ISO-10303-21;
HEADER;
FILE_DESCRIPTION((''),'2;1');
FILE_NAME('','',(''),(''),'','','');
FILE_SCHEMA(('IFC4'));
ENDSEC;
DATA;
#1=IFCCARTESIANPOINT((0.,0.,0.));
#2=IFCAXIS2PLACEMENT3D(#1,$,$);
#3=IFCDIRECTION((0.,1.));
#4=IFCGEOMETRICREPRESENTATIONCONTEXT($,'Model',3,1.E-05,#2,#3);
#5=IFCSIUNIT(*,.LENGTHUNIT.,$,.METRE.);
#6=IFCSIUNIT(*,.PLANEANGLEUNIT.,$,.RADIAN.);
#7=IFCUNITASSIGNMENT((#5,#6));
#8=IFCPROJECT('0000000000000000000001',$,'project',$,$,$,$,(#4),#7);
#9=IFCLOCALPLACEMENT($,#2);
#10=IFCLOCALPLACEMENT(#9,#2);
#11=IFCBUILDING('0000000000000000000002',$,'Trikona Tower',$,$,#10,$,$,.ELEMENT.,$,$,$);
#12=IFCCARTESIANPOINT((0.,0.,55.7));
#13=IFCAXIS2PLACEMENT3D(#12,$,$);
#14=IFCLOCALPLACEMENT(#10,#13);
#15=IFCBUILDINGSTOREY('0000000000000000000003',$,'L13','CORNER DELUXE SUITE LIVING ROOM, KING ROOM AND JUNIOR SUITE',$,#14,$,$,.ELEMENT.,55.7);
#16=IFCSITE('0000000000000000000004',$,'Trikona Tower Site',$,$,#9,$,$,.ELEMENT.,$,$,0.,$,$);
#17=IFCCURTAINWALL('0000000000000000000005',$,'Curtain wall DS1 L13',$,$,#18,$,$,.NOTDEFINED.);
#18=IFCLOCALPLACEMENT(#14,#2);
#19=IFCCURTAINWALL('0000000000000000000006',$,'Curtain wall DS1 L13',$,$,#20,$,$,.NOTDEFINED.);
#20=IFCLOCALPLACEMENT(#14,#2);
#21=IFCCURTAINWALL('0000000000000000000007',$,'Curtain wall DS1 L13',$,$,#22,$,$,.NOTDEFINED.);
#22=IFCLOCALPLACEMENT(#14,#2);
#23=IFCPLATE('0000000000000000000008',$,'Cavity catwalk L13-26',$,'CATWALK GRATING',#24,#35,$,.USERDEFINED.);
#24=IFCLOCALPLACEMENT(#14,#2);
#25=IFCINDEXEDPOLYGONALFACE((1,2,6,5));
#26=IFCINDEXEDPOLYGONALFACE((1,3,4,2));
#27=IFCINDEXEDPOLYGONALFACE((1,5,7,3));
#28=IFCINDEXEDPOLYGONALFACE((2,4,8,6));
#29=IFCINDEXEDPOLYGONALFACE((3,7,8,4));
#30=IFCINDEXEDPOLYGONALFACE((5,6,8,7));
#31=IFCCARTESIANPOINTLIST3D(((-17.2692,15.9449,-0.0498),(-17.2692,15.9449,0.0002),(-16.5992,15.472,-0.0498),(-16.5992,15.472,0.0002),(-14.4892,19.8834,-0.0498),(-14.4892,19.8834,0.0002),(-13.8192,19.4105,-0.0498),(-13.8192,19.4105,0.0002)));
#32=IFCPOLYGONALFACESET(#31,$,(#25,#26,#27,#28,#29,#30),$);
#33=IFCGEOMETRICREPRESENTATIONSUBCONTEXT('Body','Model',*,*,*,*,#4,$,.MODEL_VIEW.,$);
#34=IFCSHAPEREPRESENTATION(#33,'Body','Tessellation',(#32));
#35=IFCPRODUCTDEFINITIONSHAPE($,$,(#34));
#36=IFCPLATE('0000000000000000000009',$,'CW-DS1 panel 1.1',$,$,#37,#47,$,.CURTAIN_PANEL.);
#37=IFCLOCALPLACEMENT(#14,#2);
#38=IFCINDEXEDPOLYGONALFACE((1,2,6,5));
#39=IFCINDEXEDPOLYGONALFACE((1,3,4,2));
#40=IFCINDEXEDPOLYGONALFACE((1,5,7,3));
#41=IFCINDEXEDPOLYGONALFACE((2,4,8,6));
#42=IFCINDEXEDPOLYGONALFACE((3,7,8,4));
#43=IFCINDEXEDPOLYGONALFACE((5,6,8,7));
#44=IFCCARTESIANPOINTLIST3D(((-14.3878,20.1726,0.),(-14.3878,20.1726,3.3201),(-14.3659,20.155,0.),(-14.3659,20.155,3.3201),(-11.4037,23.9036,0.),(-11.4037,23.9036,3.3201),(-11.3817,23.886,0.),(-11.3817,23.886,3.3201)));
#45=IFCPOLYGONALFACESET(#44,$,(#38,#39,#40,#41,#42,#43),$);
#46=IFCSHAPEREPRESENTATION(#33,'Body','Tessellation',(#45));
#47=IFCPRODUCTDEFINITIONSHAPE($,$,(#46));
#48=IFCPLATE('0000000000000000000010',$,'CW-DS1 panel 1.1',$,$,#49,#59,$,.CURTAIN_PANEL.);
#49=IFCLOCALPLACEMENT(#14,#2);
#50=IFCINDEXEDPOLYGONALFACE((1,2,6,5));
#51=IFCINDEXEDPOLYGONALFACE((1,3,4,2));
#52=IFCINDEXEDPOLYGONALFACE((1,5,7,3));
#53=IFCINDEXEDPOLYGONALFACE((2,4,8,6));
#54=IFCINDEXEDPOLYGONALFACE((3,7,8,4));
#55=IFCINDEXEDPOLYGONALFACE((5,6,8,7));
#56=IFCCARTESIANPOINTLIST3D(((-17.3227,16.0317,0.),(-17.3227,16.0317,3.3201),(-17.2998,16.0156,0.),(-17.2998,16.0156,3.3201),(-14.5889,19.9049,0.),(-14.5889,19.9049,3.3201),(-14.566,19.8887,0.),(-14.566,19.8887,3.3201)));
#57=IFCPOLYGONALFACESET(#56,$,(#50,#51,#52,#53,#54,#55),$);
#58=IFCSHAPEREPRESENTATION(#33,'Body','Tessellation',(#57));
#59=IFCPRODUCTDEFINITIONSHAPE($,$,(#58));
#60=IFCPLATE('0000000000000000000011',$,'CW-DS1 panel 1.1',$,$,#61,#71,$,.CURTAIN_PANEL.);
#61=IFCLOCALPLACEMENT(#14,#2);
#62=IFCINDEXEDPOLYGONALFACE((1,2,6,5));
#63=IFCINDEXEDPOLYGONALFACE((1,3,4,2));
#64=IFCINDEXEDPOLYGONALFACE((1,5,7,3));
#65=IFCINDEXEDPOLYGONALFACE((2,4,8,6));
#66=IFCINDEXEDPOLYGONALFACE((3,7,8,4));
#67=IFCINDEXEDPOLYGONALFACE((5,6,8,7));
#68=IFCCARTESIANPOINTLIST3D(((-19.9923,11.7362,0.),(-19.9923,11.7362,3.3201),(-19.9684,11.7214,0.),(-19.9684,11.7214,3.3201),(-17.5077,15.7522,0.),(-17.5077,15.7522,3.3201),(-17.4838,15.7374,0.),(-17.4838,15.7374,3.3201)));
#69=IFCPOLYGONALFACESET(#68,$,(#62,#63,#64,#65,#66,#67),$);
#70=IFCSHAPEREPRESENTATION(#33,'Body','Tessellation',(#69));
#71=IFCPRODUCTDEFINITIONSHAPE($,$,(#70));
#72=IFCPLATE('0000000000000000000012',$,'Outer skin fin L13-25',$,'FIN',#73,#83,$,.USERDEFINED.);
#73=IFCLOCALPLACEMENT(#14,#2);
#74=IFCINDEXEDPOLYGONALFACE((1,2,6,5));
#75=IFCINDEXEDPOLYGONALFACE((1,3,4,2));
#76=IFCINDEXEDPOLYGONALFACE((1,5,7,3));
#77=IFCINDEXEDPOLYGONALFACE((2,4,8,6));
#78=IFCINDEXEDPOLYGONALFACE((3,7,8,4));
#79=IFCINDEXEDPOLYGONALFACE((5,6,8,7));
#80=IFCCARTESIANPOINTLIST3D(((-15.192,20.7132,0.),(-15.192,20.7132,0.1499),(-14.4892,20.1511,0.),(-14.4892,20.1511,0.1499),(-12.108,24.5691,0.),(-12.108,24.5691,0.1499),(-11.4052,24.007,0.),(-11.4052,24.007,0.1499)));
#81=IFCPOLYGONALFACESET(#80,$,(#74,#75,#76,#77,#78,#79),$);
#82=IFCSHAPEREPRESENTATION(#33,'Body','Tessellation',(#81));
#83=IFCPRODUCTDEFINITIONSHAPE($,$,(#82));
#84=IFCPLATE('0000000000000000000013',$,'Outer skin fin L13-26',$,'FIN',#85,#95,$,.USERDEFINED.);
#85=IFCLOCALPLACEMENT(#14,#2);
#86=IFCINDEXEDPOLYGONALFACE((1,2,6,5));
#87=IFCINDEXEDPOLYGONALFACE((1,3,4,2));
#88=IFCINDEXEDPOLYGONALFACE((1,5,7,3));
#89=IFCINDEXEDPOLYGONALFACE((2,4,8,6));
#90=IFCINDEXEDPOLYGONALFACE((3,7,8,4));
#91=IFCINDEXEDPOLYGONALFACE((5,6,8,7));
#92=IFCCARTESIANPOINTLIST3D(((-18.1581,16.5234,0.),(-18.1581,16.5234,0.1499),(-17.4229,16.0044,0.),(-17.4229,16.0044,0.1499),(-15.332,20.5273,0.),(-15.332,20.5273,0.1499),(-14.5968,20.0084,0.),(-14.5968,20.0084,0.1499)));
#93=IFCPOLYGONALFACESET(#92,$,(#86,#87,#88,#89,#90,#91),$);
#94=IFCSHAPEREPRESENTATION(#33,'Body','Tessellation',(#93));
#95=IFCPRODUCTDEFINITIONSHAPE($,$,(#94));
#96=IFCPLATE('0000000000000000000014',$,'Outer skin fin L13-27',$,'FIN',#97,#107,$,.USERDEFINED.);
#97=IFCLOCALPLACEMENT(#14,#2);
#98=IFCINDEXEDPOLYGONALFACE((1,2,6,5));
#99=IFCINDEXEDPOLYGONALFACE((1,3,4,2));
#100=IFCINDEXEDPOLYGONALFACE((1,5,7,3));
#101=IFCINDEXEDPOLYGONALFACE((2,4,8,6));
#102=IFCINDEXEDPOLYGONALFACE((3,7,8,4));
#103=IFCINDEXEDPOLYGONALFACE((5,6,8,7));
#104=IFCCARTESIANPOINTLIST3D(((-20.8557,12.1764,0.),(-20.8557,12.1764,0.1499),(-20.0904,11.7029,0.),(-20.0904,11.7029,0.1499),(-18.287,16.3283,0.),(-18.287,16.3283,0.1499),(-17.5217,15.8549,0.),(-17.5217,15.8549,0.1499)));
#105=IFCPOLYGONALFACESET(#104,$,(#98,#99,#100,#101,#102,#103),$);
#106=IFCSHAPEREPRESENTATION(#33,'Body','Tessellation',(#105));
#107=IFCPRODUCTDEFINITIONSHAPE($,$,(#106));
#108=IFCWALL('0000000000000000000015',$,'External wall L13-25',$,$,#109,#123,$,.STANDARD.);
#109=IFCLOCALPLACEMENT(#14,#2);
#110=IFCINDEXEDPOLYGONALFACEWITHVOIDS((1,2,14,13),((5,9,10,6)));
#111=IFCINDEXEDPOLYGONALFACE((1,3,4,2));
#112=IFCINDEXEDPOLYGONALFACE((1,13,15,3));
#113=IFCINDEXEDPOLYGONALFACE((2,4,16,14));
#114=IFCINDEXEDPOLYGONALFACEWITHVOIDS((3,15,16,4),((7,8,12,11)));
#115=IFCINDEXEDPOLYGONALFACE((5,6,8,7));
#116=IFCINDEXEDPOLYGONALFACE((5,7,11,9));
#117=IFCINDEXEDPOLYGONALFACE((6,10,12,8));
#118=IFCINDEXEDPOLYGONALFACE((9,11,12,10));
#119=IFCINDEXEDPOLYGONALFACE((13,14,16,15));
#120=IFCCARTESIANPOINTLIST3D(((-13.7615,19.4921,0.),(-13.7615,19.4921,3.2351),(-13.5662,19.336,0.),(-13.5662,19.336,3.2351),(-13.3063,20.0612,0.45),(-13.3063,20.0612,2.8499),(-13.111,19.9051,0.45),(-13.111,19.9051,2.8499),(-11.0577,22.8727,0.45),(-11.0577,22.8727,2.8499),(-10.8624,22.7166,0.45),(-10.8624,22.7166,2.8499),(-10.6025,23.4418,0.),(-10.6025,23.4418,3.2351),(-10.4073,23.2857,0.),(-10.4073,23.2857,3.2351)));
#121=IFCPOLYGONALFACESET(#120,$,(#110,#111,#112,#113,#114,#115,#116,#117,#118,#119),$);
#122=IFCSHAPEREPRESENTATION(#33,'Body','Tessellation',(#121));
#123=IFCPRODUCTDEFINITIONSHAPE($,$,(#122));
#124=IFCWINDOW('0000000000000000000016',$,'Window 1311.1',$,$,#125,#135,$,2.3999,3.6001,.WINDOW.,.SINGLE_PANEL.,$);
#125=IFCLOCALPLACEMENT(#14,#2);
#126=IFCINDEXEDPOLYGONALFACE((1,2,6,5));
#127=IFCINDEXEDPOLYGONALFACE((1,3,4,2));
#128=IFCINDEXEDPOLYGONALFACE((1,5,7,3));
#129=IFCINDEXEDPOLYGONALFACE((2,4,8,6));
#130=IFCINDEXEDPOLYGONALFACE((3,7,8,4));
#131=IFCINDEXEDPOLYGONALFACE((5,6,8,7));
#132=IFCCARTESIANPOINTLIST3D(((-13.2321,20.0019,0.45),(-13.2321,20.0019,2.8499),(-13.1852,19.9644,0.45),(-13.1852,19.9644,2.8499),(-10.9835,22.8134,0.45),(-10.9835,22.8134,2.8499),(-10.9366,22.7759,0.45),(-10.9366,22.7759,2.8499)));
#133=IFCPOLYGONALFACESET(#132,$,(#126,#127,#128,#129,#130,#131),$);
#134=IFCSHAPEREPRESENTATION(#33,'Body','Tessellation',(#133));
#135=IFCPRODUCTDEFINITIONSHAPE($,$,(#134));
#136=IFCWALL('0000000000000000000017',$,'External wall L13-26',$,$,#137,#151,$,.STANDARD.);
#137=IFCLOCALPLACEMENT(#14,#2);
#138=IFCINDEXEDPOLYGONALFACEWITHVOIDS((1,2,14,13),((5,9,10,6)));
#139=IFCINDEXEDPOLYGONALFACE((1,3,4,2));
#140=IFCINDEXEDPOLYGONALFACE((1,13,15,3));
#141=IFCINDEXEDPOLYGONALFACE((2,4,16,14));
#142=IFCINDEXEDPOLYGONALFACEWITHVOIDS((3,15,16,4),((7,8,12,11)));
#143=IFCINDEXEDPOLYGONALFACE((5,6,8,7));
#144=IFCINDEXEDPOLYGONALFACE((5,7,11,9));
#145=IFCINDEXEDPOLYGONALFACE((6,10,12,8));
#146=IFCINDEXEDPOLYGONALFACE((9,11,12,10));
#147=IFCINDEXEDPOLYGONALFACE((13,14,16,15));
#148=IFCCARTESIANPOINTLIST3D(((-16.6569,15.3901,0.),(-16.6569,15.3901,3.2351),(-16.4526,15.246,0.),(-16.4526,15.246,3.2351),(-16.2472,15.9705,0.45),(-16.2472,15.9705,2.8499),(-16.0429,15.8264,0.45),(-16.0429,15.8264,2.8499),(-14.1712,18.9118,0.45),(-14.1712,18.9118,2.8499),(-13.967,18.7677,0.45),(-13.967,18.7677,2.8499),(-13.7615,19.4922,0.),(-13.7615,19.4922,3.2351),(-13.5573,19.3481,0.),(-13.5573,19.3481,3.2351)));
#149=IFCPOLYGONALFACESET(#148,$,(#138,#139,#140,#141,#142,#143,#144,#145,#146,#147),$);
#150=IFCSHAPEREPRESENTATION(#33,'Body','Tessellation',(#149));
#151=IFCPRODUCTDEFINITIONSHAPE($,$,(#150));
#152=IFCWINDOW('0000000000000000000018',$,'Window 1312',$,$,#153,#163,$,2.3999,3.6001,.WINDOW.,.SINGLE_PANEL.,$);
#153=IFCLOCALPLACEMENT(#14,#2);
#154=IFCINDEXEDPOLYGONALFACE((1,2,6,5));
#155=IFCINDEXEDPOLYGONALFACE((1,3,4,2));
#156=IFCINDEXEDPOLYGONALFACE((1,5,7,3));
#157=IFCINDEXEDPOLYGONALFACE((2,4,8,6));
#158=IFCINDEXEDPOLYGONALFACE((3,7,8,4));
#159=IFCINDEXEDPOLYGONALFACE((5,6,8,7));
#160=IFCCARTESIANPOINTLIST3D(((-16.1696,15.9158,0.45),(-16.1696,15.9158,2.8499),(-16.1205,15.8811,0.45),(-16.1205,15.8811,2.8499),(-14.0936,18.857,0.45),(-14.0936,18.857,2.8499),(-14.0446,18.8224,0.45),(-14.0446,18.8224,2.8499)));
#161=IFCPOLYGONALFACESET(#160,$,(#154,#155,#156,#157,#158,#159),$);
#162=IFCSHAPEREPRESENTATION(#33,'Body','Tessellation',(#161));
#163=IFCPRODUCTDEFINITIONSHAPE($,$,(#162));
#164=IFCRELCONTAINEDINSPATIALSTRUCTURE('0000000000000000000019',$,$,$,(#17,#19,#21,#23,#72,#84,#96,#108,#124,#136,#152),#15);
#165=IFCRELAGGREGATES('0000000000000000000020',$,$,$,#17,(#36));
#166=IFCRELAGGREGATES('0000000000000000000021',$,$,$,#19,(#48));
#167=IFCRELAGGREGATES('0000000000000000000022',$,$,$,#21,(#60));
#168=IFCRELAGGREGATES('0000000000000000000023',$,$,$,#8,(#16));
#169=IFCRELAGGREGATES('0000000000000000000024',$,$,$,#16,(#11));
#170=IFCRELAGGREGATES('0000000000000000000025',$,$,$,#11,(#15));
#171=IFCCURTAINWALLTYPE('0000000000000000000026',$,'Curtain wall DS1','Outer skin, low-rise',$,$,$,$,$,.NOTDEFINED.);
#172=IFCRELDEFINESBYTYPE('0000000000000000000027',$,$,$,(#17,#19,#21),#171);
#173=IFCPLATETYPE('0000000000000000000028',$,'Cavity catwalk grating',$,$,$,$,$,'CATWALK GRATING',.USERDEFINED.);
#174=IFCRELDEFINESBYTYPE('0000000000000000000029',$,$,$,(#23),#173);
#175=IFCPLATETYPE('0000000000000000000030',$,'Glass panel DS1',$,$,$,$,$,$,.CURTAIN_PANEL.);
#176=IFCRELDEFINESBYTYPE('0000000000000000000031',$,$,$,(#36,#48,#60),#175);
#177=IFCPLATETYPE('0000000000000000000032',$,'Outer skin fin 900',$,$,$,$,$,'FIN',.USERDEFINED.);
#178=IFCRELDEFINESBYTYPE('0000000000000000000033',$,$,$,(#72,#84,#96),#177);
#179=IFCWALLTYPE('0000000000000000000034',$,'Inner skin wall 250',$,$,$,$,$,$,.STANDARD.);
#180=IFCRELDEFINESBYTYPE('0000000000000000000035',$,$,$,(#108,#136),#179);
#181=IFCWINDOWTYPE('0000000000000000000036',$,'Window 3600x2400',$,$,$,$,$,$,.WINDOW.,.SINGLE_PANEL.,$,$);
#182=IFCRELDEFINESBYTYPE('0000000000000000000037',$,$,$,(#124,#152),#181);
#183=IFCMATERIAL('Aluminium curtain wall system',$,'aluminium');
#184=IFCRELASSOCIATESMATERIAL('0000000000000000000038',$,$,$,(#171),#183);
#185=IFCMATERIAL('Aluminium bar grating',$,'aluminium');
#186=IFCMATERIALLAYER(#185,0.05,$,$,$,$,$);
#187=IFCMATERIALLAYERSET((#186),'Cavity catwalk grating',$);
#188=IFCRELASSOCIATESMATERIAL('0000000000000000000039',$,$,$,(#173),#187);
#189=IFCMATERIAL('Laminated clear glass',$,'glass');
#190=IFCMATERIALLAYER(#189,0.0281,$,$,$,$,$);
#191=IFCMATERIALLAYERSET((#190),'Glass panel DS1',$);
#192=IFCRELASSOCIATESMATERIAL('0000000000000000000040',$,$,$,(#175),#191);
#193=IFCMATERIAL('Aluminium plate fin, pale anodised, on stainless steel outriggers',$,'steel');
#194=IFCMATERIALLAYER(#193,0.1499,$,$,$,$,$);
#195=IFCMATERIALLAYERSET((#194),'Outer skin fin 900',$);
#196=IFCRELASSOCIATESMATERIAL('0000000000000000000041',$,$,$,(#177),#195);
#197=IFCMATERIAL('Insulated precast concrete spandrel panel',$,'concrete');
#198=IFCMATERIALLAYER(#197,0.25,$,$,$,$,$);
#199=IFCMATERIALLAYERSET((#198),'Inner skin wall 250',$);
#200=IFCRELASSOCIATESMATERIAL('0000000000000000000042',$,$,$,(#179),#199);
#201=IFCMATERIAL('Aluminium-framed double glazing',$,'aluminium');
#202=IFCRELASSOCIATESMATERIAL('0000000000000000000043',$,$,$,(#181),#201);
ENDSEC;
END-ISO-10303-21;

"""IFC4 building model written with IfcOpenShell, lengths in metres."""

from ifc_helpers import new_model, si_unit, direction, frame, frame_2d, origin, origin_2d, place, context, subcontext, project, spatial, rectangle, extrude, material, layer, layer_set, type_object, element, fill, aggregate, save


model = new_model("IFC4")

# Units and contexts
model_context = context("Model", 3, precision=1e-05, world=origin(), true_north=direction((0.0, 1.0)))
body_context = subcontext(model_context, "Body", "Model", "MODEL_VIEW")
ifc_project = project(units=[si_unit("LENGTHUNIT", "METRE"), si_unit("PLANEANGLEUNIT", "RADIAN")], contexts=[model_context])

# Site, building, storey
site_placement = place(None, origin())
site = spatial("IfcSite", under=ifc_project, at=site_placement, Name="Trikona Tower Site", CompositionType="ELEMENT", RefElevation=0.0)
building_placement = place(site_placement, origin())
building = spatial("IfcBuilding", under=site, at=building_placement, Name="Trikona Tower", CompositionType="ELEMENT")
storey_placement = place(building_placement, frame((0.0, 0.0, 55.7)))
storey = spatial("IfcBuildingStorey", under=building, at=storey_placement, Name="L13", Description="CORNER DELUXE SUITE LIVING ROOM, KING ROOM AND JUNIOR SUITE", CompositionType="ELEMENT", Elevation=55.7)

# Shared definitions
ifc_material_1 = material(Name="Aluminium curtain wall system", Category="aluminium")
curtain_wall_type = type_object("IfcCurtainWallType", Name="Curtain wall DS1", Description="Outer skin, low-rise", PredefinedType="NOTDEFINED", material=ifc_material_1)

# Curtain walls
curtain_wall_1_placement = place(storey_placement, origin())
curtain_wall_1 = element("IfcCurtainWall", 1, at=curtain_wall_1_placement, inside=storey, type_object=curtain_wall_type, Name="Curtain wall DS1 L13", PredefinedType="NOTDEFINED")
curtain_wall_2_placement = place(storey_placement, origin())
curtain_wall_2 = element("IfcCurtainWall", 2, at=curtain_wall_2_placement, inside=storey, type_object=curtain_wall_type, Name="Curtain wall DS1 L13", PredefinedType="NOTDEFINED")

# Curtain wall
curtain_wall_3_placement = place(storey_placement, origin())
curtain_wall_3 = element("IfcCurtainWall", 3, at=curtain_wall_3_placement, inside=storey, type_object=curtain_wall_type, Name="Curtain wall DS1 L13", PredefinedType="NOTDEFINED")

# Plate
ifc_material_2 = material(Name="Aluminium bar grating", Category="aluminium")
ifc_layer_1 = layer(ifc_material_2, 0.05)
ifc_layer_set_1 = layer_set([ifc_layer_1], Name="Cavity catwalk grating")
plate_type_1 = type_object("IfcPlateType", Name="Cavity catwalk grating", ElementType="CATWALK GRATING", PredefinedType="USERDEFINED", material=ifc_layer_set_1)
plate_1_placement = place(storey_placement, frame((-15.5442, 17.6777, -0.0498), z_axis=(0.0, 0.0, 1.0), x_axis=(-0.576662, -0.816983, 0.0)))
element("IfcPlate", 4, at=plate_1_placement, inside=storey, type_object=plate_type_1, Name="Cavity catwalk L13-26", ObjectType="CATWALK GRATING", PredefinedType="USERDEFINED", context=body_context, shape_type="SweptSolid", body=[
    extrude(rectangle(XDim=4.8208, YDim=0.8201, at=origin_2d()), origin(), (0.0, 0.0, 1.0), 0.05),
])

# Plates
ifc_material_3 = material(Name="Laminated clear glass", Category="glass")
ifc_layer_2 = layer(ifc_material_3, 0.0281)
ifc_layer_set_2 = layer_set([ifc_layer_2], Name="Glass panel DS1")
plate_type_2 = type_object("IfcPlateType", Name="Glass panel DS1", PredefinedType="CURTAIN_PANEL", material=ifc_layer_set_2)
plate_2_placement = place(storey_placement, frame((-12.8848, 22.0293, 0.0), z_axis=(0.0, 0.0, 1.0), x_axis=(-0.624609, -0.780938, 0.0)))
plate_2 = element("IfcPlate", 5, at=plate_2_placement, type_object=plate_type_2, Name="CW-DS1 panel 1.1", PredefinedType="CURTAIN_PANEL", context=body_context, shape_type="SweptSolid", body=[
    extrude(rectangle(XDim=4.7776, YDim=0.0281, at=origin_2d()), origin(), (0.0, 0.0, 1.0), 3.3201),
])
aggregate(curtain_wall_1, [plate_2])
plate_3_placement = place(storey_placement, frame((-15.9443, 17.9602, 0.0), z_axis=(0.0, 0.0, 1.0), x_axis=(-0.576658, -0.816985, 0.0)))
plate_3 = element("IfcPlate", 6, at=plate_3_placement, type_object=plate_type_2, Name="CW-DS1 panel 1.1", PredefinedType="CURTAIN_PANEL", context=body_context, shape_type="SweptSolid", body=[
    extrude(rectangle(XDim=4.7407, YDim=0.0281, at=origin_2d()), origin(), (0.0, 0.0, 1.0), 3.3201),
])
aggregate(curtain_wall_2, [plate_3])
plate_4_placement = place(storey_placement, frame((-18.738, 13.7368, 0.0), z_axis=(0.0, 0.0, 1.0), x_axis=(-0.52612, -0.85041, 0.0)))
plate_4 = element("IfcPlate", 7, at=plate_4_placement, type_object=plate_type_2, Name="CW-DS1 panel 1.1", PredefinedType="CURTAIN_PANEL", context=body_context, shape_type="SweptSolid", body=[
    extrude(rectangle(XDim=4.7224, YDim=0.0281, at=origin_2d()), origin(), (0.0, 0.0, 1.0), 3.3201),
])
aggregate(curtain_wall_3, [plate_4])

# Plates
ifc_material_4 = material(Name="Aluminium plate fin, pale anodised, on stainless steel outriggers", Category="steel")
ifc_layer_3 = layer(ifc_material_4, 0.1499)
ifc_layer_set_3 = layer_set([ifc_layer_3], Name="Outer skin fin 900")
plate_type_3 = type_object("IfcPlateType", Name="Outer skin fin 900", ElementType="FIN", PredefinedType="USERDEFINED", material=ifc_layer_set_3)
plate_5_placement = place(storey_placement, frame((-13.2986, 22.3601, 0.0), z_axis=(0.0, 0.0, 1.0), x_axis=(-0.624604, -0.780942, 0.0)))
element("IfcPlate", 8, at=plate_5_placement, inside=storey, type_object=plate_type_3, Name="Outer skin fin L13-25", ObjectType="FIN", PredefinedType="USERDEFINED", context=body_context, shape_type="SweptSolid", body=[
    extrude(rectangle(XDim=4.9375, YDim=0.8999, at=origin_2d()), origin(), (0.0, 0.0, 1.0), 0.1499),
])
plate_6_placement = place(storey_placement, frame((-16.3774, 18.2659, 0.0), z_axis=(0.0, 0.0, 1.0), x_axis=(-0.576662, -0.816983, 0.0)))
element("IfcPlate", 9, at=plate_6_placement, inside=storey, type_object=plate_type_3, Name="Outer skin fin L13-26", ObjectType="FIN", PredefinedType="USERDEFINED", context=body_context, shape_type="SweptSolid", body=[
    extrude(rectangle(XDim=4.9009, YDim=0.8999, at=origin_2d()), origin(), (0.0, 0.0, 1.0), 0.1499),
])
plate_7_placement = place(storey_placement, frame((-19.1887, 14.0156, 0.0), z_axis=(0.0, 0.0, 1.0), x_axis=(-0.526119, -0.850411, 0.0)))
element("IfcPlate", 10, at=plate_7_placement, inside=storey, type_object=plate_type_3, Name="Outer skin fin L13-27", ObjectType="FIN", PredefinedType="USERDEFINED", context=body_context, shape_type="SweptSolid", body=[
    extrude(rectangle(XDim=4.8823, YDim=0.8999, at=origin_2d()), origin(), (0.0, 0.0, 1.0), 0.1499),
])

# Walls, openings, windows
ifc_material_5 = material(Name="Insulated precast concrete spandrel panel", Category="concrete")
ifc_layer_4 = layer(ifc_material_5, 0.25)
ifc_layer_set_4 = layer_set([ifc_layer_4], Name="Inner skin wall 250")
wall_type = type_object("IfcWallType", Name="Inner skin wall 250", PredefinedType="STANDARD", material=ifc_layer_set_4)
wall_1_placement = place(storey_placement, frame((-10.5049, 23.3638, 0.0), z_axis=(0.0, 0.0, 1.0), x_axis=(-0.624595, -0.780949, 0.0)))
wall_1 = element("IfcWall", 11, at=wall_1_placement, inside=storey, type_object=wall_type, Name="External wall L13-25", PredefinedType="STANDARD", context=body_context, shape_type="SweptSolid", body=[
    extrude(rectangle(XDim=5.0576, YDim=0.25, at=frame_2d((2.5288, 0.0))), origin(), (0.0, 0.0, 1.0), 3.2351),
])
opening_1_placement = place(wall_1_placement, frame((0.7288, 0.0, 0.45)))
opening_1 = element("IfcOpeningElement", 12, at=opening_1_placement, cuts=wall_1, PredefinedType="OPENING", context=body_context, shape_type="SweptSolid", body=[
    extrude(rectangle(XDim=3.6001, YDim=2.3999, at=frame_2d((1.8, 1.2))), frame((0.0, 0.135, 0.0), z_axis=(0.0, -1.0, 0.0), x_axis=(1.0, 0.0, 0.0)), (0.0, 0.0, 1.0), 0.27),
])
ifc_material_6 = material(Name="Aluminium-framed double glazing", Category="aluminium")
window_type = type_object("IfcWindowType", Name="Window 3600x2400", PartitioningType="SINGLE_PANEL", PredefinedType="WINDOW", material=ifc_material_6)
window_1_placement = place(opening_1_placement, origin())
window_1 = element("IfcWindow", 13, at=window_1_placement, inside=storey, type_object=window_type, Name="Window 1311.1", OverallHeight=2.3999, OverallWidth=3.6001, PartitioningType="SINGLE_PANEL", PredefinedType="WINDOW", context=body_context, shape_type="SweptSolid", body=[
    extrude(rectangle(XDim=3.6001, YDim=2.3999, at=frame_2d((1.8, 1.2))), frame((0.0, 0.03, 0.0), z_axis=(0.0, -1.0, 0.0), x_axis=(1.0, 0.0, 0.0)), (0.0, 0.0, 1.0), 0.0601),
])
fill(opening_1, window_1)
wall_2_placement = place(storey_placement, frame((-13.6594, 19.4202, 0.0), z_axis=(0.0, 0.0, 1.0), x_axis=(-0.576643, -0.816996, 0.0)))
wall_2 = element("IfcWall", 14, at=wall_2_placement, inside=storey, type_object=wall_type, Name="External wall L13-26", PredefinedType="STANDARD", context=body_context, shape_type="SweptSolid", body=[
    extrude(rectangle(XDim=5.021, YDim=0.25, at=frame_2d((2.5105, 0.0))), origin(), (0.0, 0.0, 1.0), 3.2351),
])
opening_2_placement = place(wall_2_placement, frame((0.7104, 0.0, 0.45)))
opening_2 = element("IfcOpeningElement", 15, at=opening_2_placement, cuts=wall_2, PredefinedType="OPENING", context=body_context, shape_type="SweptSolid", body=[
    extrude(rectangle(XDim=3.6001, YDim=2.3999, at=frame_2d((1.8, 1.2))), frame((0.0, 0.135, 0.0), z_axis=(0.0, -1.0, 0.0), x_axis=(1.0, 0.0, 0.0)), (0.0, 0.0, 1.0), 0.27),
])
window_2_placement = place(opening_2_placement, origin())
window_2 = element("IfcWindow", 16, at=window_2_placement, inside=storey, type_object=window_type, Name="Window 1312", OverallHeight=2.3999, OverallWidth=3.6001, PartitioningType="SINGLE_PANEL", PredefinedType="WINDOW", context=body_context, shape_type="SweptSolid", body=[
    extrude(rectangle(XDim=3.6001, YDim=2.3999, at=frame_2d((1.8, 1.2))), frame((0.0, 0.03, 0.0), z_axis=(0.0, -1.0, 0.0), x_axis=(1.0, 0.0, 0.0)), (0.0, 0.0, 1.0), 0.0601),
])
fill(opening_2, window_2)

save(model, "model.ifc")
